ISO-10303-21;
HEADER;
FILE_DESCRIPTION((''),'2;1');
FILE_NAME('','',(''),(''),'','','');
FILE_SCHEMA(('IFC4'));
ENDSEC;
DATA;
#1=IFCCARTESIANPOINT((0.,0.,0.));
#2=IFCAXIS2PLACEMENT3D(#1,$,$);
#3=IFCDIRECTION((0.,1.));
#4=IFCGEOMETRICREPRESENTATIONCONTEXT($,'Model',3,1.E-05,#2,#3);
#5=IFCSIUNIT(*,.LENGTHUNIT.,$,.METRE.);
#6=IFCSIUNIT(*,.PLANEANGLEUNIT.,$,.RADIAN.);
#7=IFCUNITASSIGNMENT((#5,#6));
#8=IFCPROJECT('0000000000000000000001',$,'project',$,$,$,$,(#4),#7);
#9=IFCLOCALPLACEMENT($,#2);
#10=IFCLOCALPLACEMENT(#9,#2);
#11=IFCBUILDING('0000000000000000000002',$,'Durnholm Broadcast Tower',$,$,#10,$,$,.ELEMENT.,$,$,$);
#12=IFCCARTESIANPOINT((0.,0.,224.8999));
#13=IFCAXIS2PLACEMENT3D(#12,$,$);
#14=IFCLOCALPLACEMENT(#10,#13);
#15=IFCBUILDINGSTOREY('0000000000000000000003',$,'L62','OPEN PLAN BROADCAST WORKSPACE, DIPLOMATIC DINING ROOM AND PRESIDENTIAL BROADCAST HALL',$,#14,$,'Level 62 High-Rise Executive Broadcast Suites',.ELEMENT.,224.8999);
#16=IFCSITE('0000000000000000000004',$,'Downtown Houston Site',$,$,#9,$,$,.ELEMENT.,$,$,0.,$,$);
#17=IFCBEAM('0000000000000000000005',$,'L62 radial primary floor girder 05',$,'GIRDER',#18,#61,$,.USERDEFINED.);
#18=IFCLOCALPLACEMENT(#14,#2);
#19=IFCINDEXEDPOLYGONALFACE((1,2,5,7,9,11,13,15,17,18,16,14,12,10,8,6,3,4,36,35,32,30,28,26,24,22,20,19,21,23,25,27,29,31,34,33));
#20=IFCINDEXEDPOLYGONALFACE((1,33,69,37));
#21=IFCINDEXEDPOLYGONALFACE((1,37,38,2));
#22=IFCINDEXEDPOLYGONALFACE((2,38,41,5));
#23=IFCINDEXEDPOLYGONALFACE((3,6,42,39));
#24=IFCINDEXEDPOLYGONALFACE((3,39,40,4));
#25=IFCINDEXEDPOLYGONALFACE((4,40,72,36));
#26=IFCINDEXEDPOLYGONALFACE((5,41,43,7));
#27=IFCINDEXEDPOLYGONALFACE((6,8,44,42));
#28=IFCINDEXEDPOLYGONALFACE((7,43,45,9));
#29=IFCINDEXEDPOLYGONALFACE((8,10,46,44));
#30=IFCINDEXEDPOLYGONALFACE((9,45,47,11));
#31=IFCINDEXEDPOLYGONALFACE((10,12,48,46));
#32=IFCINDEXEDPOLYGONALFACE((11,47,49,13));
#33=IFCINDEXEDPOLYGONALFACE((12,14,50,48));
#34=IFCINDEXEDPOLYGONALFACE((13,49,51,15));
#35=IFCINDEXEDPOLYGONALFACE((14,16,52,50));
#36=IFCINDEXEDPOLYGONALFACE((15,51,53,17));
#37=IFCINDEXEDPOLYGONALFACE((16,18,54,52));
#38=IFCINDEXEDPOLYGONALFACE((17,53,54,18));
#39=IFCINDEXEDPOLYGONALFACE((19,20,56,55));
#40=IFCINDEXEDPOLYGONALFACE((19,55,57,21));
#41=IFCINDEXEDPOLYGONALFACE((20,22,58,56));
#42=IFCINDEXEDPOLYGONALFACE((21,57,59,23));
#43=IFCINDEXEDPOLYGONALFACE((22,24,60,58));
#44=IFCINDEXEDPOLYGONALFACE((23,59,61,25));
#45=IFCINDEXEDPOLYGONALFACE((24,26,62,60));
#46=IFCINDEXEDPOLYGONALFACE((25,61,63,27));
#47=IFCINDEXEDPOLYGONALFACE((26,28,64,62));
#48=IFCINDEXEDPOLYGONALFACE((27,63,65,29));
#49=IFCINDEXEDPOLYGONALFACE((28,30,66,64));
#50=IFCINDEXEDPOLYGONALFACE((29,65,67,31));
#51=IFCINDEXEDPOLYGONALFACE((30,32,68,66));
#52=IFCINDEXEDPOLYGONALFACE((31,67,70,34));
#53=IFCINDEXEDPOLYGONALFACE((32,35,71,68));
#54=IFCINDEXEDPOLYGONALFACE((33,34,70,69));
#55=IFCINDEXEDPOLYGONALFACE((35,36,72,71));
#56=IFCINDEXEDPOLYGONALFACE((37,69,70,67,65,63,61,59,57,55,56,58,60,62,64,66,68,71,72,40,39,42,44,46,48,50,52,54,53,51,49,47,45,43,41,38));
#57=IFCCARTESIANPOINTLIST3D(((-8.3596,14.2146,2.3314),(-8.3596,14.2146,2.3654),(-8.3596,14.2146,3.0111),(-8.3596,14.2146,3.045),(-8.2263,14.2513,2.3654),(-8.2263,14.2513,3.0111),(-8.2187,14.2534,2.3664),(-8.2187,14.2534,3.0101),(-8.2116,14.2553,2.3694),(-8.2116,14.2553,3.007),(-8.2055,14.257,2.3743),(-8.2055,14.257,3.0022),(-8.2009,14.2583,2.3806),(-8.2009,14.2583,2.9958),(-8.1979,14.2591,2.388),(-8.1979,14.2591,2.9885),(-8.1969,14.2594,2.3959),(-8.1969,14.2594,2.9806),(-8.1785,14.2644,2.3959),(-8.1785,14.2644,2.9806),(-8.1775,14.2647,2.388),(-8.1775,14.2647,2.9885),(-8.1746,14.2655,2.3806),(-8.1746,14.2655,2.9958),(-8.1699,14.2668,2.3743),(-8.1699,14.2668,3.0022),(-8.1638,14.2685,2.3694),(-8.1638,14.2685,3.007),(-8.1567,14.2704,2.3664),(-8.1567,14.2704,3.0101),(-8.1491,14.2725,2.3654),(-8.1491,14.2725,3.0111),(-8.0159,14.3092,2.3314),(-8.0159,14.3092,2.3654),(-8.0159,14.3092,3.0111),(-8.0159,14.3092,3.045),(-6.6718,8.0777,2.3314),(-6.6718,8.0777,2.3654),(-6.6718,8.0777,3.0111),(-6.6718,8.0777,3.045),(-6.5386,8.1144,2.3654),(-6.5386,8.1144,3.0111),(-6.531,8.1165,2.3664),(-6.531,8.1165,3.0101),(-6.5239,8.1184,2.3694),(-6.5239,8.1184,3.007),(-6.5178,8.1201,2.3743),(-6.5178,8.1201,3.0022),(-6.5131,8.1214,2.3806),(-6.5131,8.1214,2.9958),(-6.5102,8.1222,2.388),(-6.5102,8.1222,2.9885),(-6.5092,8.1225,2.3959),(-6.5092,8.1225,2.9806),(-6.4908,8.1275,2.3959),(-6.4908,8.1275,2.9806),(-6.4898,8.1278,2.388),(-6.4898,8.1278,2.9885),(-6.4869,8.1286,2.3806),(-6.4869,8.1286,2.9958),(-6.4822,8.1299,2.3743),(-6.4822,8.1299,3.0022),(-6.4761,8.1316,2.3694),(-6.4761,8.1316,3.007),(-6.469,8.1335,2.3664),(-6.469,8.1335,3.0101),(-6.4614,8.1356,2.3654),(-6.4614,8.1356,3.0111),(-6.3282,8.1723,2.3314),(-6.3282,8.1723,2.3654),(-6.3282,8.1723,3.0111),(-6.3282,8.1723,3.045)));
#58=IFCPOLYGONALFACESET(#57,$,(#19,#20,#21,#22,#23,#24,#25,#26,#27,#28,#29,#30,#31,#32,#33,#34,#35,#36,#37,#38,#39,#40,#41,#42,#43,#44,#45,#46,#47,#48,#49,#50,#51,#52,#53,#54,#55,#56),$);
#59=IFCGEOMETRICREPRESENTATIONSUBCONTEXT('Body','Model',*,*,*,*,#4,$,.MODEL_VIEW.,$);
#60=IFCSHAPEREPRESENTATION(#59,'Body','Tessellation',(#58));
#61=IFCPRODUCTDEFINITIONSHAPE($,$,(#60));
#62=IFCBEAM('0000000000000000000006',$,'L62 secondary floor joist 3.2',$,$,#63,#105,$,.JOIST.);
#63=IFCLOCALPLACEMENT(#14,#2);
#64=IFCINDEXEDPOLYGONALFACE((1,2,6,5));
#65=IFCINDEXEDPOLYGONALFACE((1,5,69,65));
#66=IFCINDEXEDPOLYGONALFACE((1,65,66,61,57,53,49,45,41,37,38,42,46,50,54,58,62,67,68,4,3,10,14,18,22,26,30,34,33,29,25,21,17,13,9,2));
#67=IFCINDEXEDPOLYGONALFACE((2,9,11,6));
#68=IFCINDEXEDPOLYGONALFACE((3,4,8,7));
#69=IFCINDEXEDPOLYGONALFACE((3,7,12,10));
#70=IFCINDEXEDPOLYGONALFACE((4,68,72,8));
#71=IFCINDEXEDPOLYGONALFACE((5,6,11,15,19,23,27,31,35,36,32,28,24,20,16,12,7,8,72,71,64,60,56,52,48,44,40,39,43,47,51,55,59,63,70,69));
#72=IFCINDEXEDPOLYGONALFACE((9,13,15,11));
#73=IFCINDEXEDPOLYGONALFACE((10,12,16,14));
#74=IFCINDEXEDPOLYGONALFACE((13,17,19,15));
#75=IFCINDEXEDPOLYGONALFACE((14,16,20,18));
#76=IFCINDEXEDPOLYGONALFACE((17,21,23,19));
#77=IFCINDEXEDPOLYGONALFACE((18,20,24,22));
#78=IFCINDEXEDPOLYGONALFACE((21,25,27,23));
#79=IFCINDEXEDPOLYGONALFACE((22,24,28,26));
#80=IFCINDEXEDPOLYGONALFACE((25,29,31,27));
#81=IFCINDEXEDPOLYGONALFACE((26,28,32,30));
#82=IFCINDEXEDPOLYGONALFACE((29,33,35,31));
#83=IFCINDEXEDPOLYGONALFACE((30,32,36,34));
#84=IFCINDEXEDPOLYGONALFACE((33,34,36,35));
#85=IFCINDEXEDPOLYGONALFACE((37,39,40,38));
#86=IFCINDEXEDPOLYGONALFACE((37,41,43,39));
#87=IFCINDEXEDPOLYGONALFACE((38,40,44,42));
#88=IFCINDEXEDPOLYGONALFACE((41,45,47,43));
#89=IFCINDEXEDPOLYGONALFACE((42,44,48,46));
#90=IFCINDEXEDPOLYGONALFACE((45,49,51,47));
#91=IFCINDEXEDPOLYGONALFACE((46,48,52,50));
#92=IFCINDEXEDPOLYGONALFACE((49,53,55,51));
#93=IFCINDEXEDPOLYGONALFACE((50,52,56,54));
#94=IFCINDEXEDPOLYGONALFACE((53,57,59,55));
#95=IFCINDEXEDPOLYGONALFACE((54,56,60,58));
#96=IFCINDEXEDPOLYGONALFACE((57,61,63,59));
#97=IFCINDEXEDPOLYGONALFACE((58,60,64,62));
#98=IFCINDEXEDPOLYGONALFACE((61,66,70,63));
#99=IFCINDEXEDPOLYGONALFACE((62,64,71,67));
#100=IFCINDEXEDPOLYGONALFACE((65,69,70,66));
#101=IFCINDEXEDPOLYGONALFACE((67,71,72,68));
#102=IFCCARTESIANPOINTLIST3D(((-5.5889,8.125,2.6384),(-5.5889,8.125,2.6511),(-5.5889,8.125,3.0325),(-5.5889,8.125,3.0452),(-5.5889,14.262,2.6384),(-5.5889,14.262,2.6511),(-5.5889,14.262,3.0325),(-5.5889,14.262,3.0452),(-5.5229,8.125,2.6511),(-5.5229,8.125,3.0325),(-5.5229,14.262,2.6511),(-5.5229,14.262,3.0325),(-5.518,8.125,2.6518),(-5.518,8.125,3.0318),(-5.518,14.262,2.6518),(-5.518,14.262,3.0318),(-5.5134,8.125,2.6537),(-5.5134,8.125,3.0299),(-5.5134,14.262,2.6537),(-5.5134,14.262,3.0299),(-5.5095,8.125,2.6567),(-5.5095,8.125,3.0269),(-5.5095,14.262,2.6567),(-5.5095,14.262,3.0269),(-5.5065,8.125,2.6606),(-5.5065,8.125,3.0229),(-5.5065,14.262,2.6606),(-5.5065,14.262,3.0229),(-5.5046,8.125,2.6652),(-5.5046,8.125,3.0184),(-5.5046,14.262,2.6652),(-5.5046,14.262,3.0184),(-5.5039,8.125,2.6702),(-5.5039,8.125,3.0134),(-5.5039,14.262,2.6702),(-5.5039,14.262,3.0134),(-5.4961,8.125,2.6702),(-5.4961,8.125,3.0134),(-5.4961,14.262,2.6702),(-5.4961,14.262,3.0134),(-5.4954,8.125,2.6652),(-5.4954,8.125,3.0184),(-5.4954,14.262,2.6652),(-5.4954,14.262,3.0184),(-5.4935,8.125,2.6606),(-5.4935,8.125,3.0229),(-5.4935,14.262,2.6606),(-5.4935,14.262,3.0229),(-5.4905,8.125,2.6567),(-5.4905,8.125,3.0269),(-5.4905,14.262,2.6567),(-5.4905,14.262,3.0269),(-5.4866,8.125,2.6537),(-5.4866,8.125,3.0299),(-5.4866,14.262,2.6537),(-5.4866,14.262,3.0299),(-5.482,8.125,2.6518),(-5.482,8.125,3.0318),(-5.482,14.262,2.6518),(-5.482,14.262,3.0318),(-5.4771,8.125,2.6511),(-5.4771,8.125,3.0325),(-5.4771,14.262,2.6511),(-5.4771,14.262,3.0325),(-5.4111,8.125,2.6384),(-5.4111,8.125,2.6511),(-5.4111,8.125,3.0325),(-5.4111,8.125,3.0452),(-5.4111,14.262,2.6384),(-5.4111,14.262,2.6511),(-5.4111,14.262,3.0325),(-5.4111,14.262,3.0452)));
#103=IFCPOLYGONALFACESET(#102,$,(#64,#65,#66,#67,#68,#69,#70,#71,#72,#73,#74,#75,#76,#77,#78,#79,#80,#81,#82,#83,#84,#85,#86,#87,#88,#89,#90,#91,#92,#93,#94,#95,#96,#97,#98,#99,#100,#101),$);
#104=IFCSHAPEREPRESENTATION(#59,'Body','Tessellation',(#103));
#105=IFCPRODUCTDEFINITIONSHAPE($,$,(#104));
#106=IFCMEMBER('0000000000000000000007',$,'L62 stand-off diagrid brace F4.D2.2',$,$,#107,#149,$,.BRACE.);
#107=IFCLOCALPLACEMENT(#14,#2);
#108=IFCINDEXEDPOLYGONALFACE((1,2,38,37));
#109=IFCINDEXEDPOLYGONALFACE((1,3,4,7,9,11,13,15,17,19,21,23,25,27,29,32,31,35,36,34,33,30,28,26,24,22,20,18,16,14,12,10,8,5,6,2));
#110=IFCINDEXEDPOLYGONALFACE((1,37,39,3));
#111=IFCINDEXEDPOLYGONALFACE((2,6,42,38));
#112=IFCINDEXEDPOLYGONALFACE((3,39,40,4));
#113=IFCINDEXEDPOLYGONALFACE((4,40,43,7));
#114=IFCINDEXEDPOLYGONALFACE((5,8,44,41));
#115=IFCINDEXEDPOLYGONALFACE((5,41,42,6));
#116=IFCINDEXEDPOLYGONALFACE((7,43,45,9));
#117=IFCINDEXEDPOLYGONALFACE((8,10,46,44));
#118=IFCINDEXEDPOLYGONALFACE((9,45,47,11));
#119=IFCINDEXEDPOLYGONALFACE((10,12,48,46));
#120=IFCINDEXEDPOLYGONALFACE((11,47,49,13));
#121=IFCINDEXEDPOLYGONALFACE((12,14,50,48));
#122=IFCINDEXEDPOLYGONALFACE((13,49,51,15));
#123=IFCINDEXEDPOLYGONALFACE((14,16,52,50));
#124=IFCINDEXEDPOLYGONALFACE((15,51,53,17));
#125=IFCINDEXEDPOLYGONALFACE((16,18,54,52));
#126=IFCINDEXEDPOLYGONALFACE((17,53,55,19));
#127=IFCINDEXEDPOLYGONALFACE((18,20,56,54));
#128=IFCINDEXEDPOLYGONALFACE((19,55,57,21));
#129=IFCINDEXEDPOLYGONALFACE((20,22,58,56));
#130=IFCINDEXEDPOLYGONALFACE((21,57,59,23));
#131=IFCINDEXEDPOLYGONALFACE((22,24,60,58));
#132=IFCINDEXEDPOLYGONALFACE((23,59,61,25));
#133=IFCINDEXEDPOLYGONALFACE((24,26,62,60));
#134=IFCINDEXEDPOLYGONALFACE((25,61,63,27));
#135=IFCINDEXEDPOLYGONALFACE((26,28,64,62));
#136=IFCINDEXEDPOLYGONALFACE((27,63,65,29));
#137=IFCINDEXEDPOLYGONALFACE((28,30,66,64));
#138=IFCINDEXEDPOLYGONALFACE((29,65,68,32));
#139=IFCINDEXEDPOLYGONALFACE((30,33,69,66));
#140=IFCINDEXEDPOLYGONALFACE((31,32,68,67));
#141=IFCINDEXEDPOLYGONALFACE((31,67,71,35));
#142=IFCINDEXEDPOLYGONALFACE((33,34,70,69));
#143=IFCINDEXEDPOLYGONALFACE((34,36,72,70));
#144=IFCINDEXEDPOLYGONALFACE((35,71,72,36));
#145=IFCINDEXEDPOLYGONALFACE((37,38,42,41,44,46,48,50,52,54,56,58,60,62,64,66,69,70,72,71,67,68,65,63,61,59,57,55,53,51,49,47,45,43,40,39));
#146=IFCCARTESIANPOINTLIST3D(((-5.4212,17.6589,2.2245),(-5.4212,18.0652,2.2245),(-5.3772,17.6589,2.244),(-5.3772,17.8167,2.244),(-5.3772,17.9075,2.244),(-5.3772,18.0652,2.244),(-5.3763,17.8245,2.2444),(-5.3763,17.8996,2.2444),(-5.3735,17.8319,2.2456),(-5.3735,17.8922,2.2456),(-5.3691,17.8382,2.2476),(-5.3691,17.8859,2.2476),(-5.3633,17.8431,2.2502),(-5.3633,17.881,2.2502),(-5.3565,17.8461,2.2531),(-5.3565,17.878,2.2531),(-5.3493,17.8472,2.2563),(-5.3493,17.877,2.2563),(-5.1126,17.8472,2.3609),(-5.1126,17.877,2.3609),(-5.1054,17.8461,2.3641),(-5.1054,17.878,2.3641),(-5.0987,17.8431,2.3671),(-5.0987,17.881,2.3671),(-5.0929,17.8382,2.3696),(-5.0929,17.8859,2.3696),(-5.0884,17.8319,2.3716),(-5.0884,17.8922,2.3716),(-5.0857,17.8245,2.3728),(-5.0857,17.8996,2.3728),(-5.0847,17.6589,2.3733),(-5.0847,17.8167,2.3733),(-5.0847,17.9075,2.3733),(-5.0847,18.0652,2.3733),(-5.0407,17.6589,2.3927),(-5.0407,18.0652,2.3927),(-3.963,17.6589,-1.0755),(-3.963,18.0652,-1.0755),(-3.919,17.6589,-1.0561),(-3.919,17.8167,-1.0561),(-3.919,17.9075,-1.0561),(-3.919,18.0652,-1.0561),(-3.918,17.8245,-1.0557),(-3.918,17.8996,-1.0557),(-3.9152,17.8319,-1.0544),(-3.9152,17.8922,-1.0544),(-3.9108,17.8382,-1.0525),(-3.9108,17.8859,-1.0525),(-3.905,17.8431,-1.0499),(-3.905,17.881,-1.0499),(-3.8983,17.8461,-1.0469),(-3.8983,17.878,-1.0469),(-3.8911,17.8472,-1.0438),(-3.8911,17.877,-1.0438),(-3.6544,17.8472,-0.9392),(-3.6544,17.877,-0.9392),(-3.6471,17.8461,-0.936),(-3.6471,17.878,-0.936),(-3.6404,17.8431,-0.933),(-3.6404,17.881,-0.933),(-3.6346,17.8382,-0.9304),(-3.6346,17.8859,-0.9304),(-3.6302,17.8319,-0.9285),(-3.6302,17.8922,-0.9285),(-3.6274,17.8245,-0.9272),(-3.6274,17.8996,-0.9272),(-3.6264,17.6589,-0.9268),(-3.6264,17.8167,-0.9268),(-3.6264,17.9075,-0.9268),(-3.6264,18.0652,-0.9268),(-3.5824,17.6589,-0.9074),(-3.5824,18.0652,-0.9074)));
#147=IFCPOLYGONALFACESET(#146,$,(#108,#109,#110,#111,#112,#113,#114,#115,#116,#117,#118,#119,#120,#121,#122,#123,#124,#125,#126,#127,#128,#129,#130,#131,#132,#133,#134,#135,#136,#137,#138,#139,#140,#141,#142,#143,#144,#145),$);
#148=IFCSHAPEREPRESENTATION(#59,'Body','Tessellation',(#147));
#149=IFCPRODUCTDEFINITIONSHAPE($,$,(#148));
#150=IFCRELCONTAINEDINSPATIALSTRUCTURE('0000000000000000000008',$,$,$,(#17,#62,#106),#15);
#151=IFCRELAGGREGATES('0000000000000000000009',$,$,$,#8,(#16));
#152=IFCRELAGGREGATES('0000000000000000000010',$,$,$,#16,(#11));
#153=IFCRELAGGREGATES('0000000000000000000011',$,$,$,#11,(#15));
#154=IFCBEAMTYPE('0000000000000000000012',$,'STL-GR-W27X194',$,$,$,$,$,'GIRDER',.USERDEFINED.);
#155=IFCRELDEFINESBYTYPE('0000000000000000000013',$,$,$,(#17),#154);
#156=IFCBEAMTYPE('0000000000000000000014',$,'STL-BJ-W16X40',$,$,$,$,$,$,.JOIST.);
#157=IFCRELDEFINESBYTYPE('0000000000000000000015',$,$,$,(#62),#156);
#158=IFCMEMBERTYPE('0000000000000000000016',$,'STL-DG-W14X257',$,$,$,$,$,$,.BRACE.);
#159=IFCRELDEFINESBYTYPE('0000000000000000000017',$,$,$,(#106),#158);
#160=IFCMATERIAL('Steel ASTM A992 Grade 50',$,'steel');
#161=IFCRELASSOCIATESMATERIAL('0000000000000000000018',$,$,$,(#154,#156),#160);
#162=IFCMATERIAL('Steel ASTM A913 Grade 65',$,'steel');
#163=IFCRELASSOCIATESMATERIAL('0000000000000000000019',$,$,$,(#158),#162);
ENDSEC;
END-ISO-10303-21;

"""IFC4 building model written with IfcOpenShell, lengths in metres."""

from ifc_helpers import new_model, si_unit, direction, frame, origin, origin_2d, place, context, subcontext, project, spatial, i_section, extrude, source, transform, mapped, material, material_profile, profile_set, type_object, type_shapes, element, save


model = new_model("IFC4")

# Units and contexts
model_context = context("Model", 3, precision=1e-05, world=origin(), true_north=direction((0.0, 1.0)))
body_context = subcontext(model_context, "Body", "Model", "MODEL_VIEW")
ifc_project = project(units=[si_unit("LENGTHUNIT", "METRE"), si_unit("PLANEANGLEUNIT", "RADIAN")], contexts=[model_context])

# Site, building, storey
site_placement = place(None, origin())
site = spatial("IfcSite", under=ifc_project, at=site_placement, Name="Downtown Houston Site", CompositionType="ELEMENT", RefElevation=0.0)
building_placement = place(site_placement, origin())
building = spatial("IfcBuilding", under=site, at=building_placement, Name="Durnholm Broadcast Tower", CompositionType="ELEMENT")
storey_placement = place(building_placement, frame((0.0, 0.0, 224.8999)))
storey = spatial("IfcBuildingStorey", under=building, at=storey_placement, Name="L62", Description="OPEN PLAN BROADCAST WORKSPACE, DIPLOMATIC DINING ROOM AND PRESIDENTIAL BROADCAST HALL", LongName="Level 62 High-Rise Executive Broadcast Suites", CompositionType="ELEMENT", Elevation=224.8999)

# Beams
ifc_material_1 = material(Name="Steel ASTM A992 Grade 50", Category="steel")
ifc_material_profile_1 = material_profile(ifc_material_1, i_section(OverallWidth=0.3564, OverallDepth=0.7136, WebThickness=0.019, FlangeThickness=0.0339, FilletRadius=0.0305, at=origin_2d()), Name="W27X194")
ifc_profile_set_1 = profile_set([ifc_material_profile_1], Name="Steel ASTM A992 Grade 50")
beam_type_1 = type_object("IfcBeamType", Name="STL-GR-W27X194", ElementType="GIRDER", PredefinedType="USERDEFINED", material=ifc_profile_set_1)
shared_shape_1 = source(origin(), body_context, "Body", "SweptSolid", [
    extrude(i_section(OverallWidth=0.3564, OverallDepth=0.7136, WebThickness=0.019, FlangeThickness=0.0339, FilletRadius=0.0305, at=origin_2d()), origin(), (0.0, 0.0, 1.0), 6.3647),
])
type_shapes(beam_type_1, [shared_shape_1])
beam_1_placement = place(storey_placement, frame((-6.5, 8.125, 2.6882), z_axis=(-0.265168, 0.964202, 0.0), x_axis=(-0.964202, -0.265168, 0.0)))
element("IfcBeam", 1, at=beam_1_placement, inside=storey, type_object=beam_type_1, Name="L62 radial primary floor girder 05", ObjectType="GIRDER", PredefinedType="USERDEFINED", context=body_context, shape_type="MappedRepresentation", body=[
    mapped(shared_shape_1, transform((0.0, 0.0, 0.0), x_axis=(1.0, 0.0, 0.0), y_axis=(0.0, 1.0, 0.0), z_axis=(0.0, 0.0, 1.0), scale=1.0)),
])
ifc_material_profile_2 = material_profile(ifc_material_1, i_section(OverallWidth=0.1777, OverallDepth=0.4067, WebThickness=0.0078, FlangeThickness=0.0127, FilletRadius=0.019, at=origin_2d()), Name="W16X40")
ifc_profile_set_2 = profile_set([ifc_material_profile_2], Name="Steel ASTM A992 Grade 50")
beam_type_2 = type_object("IfcBeamType", Name="STL-BJ-W16X40", PredefinedType="JOIST", material=ifc_profile_set_2)
shared_shape_2 = source(origin(), body_context, "Body", "SweptSolid", [
    extrude(i_section(OverallWidth=0.1777, OverallDepth=0.4067, WebThickness=0.0078, FlangeThickness=0.0127, FilletRadius=0.019, at=origin_2d()), origin(), (0.0, 0.0, 1.0), 6.137),
])
type_shapes(beam_type_2, [shared_shape_2])
beam_2_placement = place(storey_placement, frame((-5.5, 8.125, 2.8418), z_axis=(0.0, 1.0, 0.0), x_axis=(-1.0, 0.0, 0.0)))
element("IfcBeam", 2, at=beam_2_placement, inside=storey, type_object=beam_type_2, Name="L62 secondary floor joist 3.2", PredefinedType="JOIST", context=body_context, shape_type="MappedRepresentation", body=[
    mapped(shared_shape_2, transform((0.0, 0.0, 0.0), x_axis=(1.0, 0.0, 0.0), y_axis=(0.0, 1.0, 0.0), z_axis=(0.0, 0.0, 1.0), scale=1.0)),
])

# Member
ifc_material_2 = material(Name="Steel ASTM A913 Grade 65", Category="steel")
ifc_material_profile_3 = material_profile(ifc_material_2, i_section(OverallWidth=0.4062, OverallDepth=0.416, WebThickness=0.0298, FlangeThickness=0.0481, FilletRadius=0.0305, at=origin_2d()), Name="W14X257")
ifc_profile_set_3 = profile_set([ifc_material_profile_3], Name="Steel ASTM A913 Grade 65")
member_type_1 = type_object("IfcMemberType", Name="STL-DG-W14X257", PredefinedType="BRACE", material=ifc_profile_set_3)
shared_shape_3 = source(origin(), body_context, "Body", "SweptSolid", [
    extrude(i_section(OverallWidth=0.4062, OverallDepth=0.416, WebThickness=0.0298, FlangeThickness=0.0481, FilletRadius=0.0305, at=origin_2d()), origin(), (0.0, 0.0, 1.0), 3.6079),
])
member_1_placement = place(storey_placement, frame((-3.7727, 17.8621, -0.9915), z_axis=(-0.404185, 0.0, 0.914677), x_axis=(0.0, -1.0, 0.0)))
element("IfcMember", 3, at=member_1_placement, inside=storey, type_object=member_type_1, Name="L62 stand-off diagrid brace F4.D2.2", PredefinedType="BRACE", context=body_context, shape_type="MappedRepresentation", body=[
    mapped(shared_shape_3, transform((0.0, 0.0, 0.0), x_axis=(1.0, 0.0, 0.0), y_axis=(0.0, 1.0, 0.0), z_axis=(0.0, 0.0, 1.0), scale=1.0)),
])

save(model, "model.ifc")
